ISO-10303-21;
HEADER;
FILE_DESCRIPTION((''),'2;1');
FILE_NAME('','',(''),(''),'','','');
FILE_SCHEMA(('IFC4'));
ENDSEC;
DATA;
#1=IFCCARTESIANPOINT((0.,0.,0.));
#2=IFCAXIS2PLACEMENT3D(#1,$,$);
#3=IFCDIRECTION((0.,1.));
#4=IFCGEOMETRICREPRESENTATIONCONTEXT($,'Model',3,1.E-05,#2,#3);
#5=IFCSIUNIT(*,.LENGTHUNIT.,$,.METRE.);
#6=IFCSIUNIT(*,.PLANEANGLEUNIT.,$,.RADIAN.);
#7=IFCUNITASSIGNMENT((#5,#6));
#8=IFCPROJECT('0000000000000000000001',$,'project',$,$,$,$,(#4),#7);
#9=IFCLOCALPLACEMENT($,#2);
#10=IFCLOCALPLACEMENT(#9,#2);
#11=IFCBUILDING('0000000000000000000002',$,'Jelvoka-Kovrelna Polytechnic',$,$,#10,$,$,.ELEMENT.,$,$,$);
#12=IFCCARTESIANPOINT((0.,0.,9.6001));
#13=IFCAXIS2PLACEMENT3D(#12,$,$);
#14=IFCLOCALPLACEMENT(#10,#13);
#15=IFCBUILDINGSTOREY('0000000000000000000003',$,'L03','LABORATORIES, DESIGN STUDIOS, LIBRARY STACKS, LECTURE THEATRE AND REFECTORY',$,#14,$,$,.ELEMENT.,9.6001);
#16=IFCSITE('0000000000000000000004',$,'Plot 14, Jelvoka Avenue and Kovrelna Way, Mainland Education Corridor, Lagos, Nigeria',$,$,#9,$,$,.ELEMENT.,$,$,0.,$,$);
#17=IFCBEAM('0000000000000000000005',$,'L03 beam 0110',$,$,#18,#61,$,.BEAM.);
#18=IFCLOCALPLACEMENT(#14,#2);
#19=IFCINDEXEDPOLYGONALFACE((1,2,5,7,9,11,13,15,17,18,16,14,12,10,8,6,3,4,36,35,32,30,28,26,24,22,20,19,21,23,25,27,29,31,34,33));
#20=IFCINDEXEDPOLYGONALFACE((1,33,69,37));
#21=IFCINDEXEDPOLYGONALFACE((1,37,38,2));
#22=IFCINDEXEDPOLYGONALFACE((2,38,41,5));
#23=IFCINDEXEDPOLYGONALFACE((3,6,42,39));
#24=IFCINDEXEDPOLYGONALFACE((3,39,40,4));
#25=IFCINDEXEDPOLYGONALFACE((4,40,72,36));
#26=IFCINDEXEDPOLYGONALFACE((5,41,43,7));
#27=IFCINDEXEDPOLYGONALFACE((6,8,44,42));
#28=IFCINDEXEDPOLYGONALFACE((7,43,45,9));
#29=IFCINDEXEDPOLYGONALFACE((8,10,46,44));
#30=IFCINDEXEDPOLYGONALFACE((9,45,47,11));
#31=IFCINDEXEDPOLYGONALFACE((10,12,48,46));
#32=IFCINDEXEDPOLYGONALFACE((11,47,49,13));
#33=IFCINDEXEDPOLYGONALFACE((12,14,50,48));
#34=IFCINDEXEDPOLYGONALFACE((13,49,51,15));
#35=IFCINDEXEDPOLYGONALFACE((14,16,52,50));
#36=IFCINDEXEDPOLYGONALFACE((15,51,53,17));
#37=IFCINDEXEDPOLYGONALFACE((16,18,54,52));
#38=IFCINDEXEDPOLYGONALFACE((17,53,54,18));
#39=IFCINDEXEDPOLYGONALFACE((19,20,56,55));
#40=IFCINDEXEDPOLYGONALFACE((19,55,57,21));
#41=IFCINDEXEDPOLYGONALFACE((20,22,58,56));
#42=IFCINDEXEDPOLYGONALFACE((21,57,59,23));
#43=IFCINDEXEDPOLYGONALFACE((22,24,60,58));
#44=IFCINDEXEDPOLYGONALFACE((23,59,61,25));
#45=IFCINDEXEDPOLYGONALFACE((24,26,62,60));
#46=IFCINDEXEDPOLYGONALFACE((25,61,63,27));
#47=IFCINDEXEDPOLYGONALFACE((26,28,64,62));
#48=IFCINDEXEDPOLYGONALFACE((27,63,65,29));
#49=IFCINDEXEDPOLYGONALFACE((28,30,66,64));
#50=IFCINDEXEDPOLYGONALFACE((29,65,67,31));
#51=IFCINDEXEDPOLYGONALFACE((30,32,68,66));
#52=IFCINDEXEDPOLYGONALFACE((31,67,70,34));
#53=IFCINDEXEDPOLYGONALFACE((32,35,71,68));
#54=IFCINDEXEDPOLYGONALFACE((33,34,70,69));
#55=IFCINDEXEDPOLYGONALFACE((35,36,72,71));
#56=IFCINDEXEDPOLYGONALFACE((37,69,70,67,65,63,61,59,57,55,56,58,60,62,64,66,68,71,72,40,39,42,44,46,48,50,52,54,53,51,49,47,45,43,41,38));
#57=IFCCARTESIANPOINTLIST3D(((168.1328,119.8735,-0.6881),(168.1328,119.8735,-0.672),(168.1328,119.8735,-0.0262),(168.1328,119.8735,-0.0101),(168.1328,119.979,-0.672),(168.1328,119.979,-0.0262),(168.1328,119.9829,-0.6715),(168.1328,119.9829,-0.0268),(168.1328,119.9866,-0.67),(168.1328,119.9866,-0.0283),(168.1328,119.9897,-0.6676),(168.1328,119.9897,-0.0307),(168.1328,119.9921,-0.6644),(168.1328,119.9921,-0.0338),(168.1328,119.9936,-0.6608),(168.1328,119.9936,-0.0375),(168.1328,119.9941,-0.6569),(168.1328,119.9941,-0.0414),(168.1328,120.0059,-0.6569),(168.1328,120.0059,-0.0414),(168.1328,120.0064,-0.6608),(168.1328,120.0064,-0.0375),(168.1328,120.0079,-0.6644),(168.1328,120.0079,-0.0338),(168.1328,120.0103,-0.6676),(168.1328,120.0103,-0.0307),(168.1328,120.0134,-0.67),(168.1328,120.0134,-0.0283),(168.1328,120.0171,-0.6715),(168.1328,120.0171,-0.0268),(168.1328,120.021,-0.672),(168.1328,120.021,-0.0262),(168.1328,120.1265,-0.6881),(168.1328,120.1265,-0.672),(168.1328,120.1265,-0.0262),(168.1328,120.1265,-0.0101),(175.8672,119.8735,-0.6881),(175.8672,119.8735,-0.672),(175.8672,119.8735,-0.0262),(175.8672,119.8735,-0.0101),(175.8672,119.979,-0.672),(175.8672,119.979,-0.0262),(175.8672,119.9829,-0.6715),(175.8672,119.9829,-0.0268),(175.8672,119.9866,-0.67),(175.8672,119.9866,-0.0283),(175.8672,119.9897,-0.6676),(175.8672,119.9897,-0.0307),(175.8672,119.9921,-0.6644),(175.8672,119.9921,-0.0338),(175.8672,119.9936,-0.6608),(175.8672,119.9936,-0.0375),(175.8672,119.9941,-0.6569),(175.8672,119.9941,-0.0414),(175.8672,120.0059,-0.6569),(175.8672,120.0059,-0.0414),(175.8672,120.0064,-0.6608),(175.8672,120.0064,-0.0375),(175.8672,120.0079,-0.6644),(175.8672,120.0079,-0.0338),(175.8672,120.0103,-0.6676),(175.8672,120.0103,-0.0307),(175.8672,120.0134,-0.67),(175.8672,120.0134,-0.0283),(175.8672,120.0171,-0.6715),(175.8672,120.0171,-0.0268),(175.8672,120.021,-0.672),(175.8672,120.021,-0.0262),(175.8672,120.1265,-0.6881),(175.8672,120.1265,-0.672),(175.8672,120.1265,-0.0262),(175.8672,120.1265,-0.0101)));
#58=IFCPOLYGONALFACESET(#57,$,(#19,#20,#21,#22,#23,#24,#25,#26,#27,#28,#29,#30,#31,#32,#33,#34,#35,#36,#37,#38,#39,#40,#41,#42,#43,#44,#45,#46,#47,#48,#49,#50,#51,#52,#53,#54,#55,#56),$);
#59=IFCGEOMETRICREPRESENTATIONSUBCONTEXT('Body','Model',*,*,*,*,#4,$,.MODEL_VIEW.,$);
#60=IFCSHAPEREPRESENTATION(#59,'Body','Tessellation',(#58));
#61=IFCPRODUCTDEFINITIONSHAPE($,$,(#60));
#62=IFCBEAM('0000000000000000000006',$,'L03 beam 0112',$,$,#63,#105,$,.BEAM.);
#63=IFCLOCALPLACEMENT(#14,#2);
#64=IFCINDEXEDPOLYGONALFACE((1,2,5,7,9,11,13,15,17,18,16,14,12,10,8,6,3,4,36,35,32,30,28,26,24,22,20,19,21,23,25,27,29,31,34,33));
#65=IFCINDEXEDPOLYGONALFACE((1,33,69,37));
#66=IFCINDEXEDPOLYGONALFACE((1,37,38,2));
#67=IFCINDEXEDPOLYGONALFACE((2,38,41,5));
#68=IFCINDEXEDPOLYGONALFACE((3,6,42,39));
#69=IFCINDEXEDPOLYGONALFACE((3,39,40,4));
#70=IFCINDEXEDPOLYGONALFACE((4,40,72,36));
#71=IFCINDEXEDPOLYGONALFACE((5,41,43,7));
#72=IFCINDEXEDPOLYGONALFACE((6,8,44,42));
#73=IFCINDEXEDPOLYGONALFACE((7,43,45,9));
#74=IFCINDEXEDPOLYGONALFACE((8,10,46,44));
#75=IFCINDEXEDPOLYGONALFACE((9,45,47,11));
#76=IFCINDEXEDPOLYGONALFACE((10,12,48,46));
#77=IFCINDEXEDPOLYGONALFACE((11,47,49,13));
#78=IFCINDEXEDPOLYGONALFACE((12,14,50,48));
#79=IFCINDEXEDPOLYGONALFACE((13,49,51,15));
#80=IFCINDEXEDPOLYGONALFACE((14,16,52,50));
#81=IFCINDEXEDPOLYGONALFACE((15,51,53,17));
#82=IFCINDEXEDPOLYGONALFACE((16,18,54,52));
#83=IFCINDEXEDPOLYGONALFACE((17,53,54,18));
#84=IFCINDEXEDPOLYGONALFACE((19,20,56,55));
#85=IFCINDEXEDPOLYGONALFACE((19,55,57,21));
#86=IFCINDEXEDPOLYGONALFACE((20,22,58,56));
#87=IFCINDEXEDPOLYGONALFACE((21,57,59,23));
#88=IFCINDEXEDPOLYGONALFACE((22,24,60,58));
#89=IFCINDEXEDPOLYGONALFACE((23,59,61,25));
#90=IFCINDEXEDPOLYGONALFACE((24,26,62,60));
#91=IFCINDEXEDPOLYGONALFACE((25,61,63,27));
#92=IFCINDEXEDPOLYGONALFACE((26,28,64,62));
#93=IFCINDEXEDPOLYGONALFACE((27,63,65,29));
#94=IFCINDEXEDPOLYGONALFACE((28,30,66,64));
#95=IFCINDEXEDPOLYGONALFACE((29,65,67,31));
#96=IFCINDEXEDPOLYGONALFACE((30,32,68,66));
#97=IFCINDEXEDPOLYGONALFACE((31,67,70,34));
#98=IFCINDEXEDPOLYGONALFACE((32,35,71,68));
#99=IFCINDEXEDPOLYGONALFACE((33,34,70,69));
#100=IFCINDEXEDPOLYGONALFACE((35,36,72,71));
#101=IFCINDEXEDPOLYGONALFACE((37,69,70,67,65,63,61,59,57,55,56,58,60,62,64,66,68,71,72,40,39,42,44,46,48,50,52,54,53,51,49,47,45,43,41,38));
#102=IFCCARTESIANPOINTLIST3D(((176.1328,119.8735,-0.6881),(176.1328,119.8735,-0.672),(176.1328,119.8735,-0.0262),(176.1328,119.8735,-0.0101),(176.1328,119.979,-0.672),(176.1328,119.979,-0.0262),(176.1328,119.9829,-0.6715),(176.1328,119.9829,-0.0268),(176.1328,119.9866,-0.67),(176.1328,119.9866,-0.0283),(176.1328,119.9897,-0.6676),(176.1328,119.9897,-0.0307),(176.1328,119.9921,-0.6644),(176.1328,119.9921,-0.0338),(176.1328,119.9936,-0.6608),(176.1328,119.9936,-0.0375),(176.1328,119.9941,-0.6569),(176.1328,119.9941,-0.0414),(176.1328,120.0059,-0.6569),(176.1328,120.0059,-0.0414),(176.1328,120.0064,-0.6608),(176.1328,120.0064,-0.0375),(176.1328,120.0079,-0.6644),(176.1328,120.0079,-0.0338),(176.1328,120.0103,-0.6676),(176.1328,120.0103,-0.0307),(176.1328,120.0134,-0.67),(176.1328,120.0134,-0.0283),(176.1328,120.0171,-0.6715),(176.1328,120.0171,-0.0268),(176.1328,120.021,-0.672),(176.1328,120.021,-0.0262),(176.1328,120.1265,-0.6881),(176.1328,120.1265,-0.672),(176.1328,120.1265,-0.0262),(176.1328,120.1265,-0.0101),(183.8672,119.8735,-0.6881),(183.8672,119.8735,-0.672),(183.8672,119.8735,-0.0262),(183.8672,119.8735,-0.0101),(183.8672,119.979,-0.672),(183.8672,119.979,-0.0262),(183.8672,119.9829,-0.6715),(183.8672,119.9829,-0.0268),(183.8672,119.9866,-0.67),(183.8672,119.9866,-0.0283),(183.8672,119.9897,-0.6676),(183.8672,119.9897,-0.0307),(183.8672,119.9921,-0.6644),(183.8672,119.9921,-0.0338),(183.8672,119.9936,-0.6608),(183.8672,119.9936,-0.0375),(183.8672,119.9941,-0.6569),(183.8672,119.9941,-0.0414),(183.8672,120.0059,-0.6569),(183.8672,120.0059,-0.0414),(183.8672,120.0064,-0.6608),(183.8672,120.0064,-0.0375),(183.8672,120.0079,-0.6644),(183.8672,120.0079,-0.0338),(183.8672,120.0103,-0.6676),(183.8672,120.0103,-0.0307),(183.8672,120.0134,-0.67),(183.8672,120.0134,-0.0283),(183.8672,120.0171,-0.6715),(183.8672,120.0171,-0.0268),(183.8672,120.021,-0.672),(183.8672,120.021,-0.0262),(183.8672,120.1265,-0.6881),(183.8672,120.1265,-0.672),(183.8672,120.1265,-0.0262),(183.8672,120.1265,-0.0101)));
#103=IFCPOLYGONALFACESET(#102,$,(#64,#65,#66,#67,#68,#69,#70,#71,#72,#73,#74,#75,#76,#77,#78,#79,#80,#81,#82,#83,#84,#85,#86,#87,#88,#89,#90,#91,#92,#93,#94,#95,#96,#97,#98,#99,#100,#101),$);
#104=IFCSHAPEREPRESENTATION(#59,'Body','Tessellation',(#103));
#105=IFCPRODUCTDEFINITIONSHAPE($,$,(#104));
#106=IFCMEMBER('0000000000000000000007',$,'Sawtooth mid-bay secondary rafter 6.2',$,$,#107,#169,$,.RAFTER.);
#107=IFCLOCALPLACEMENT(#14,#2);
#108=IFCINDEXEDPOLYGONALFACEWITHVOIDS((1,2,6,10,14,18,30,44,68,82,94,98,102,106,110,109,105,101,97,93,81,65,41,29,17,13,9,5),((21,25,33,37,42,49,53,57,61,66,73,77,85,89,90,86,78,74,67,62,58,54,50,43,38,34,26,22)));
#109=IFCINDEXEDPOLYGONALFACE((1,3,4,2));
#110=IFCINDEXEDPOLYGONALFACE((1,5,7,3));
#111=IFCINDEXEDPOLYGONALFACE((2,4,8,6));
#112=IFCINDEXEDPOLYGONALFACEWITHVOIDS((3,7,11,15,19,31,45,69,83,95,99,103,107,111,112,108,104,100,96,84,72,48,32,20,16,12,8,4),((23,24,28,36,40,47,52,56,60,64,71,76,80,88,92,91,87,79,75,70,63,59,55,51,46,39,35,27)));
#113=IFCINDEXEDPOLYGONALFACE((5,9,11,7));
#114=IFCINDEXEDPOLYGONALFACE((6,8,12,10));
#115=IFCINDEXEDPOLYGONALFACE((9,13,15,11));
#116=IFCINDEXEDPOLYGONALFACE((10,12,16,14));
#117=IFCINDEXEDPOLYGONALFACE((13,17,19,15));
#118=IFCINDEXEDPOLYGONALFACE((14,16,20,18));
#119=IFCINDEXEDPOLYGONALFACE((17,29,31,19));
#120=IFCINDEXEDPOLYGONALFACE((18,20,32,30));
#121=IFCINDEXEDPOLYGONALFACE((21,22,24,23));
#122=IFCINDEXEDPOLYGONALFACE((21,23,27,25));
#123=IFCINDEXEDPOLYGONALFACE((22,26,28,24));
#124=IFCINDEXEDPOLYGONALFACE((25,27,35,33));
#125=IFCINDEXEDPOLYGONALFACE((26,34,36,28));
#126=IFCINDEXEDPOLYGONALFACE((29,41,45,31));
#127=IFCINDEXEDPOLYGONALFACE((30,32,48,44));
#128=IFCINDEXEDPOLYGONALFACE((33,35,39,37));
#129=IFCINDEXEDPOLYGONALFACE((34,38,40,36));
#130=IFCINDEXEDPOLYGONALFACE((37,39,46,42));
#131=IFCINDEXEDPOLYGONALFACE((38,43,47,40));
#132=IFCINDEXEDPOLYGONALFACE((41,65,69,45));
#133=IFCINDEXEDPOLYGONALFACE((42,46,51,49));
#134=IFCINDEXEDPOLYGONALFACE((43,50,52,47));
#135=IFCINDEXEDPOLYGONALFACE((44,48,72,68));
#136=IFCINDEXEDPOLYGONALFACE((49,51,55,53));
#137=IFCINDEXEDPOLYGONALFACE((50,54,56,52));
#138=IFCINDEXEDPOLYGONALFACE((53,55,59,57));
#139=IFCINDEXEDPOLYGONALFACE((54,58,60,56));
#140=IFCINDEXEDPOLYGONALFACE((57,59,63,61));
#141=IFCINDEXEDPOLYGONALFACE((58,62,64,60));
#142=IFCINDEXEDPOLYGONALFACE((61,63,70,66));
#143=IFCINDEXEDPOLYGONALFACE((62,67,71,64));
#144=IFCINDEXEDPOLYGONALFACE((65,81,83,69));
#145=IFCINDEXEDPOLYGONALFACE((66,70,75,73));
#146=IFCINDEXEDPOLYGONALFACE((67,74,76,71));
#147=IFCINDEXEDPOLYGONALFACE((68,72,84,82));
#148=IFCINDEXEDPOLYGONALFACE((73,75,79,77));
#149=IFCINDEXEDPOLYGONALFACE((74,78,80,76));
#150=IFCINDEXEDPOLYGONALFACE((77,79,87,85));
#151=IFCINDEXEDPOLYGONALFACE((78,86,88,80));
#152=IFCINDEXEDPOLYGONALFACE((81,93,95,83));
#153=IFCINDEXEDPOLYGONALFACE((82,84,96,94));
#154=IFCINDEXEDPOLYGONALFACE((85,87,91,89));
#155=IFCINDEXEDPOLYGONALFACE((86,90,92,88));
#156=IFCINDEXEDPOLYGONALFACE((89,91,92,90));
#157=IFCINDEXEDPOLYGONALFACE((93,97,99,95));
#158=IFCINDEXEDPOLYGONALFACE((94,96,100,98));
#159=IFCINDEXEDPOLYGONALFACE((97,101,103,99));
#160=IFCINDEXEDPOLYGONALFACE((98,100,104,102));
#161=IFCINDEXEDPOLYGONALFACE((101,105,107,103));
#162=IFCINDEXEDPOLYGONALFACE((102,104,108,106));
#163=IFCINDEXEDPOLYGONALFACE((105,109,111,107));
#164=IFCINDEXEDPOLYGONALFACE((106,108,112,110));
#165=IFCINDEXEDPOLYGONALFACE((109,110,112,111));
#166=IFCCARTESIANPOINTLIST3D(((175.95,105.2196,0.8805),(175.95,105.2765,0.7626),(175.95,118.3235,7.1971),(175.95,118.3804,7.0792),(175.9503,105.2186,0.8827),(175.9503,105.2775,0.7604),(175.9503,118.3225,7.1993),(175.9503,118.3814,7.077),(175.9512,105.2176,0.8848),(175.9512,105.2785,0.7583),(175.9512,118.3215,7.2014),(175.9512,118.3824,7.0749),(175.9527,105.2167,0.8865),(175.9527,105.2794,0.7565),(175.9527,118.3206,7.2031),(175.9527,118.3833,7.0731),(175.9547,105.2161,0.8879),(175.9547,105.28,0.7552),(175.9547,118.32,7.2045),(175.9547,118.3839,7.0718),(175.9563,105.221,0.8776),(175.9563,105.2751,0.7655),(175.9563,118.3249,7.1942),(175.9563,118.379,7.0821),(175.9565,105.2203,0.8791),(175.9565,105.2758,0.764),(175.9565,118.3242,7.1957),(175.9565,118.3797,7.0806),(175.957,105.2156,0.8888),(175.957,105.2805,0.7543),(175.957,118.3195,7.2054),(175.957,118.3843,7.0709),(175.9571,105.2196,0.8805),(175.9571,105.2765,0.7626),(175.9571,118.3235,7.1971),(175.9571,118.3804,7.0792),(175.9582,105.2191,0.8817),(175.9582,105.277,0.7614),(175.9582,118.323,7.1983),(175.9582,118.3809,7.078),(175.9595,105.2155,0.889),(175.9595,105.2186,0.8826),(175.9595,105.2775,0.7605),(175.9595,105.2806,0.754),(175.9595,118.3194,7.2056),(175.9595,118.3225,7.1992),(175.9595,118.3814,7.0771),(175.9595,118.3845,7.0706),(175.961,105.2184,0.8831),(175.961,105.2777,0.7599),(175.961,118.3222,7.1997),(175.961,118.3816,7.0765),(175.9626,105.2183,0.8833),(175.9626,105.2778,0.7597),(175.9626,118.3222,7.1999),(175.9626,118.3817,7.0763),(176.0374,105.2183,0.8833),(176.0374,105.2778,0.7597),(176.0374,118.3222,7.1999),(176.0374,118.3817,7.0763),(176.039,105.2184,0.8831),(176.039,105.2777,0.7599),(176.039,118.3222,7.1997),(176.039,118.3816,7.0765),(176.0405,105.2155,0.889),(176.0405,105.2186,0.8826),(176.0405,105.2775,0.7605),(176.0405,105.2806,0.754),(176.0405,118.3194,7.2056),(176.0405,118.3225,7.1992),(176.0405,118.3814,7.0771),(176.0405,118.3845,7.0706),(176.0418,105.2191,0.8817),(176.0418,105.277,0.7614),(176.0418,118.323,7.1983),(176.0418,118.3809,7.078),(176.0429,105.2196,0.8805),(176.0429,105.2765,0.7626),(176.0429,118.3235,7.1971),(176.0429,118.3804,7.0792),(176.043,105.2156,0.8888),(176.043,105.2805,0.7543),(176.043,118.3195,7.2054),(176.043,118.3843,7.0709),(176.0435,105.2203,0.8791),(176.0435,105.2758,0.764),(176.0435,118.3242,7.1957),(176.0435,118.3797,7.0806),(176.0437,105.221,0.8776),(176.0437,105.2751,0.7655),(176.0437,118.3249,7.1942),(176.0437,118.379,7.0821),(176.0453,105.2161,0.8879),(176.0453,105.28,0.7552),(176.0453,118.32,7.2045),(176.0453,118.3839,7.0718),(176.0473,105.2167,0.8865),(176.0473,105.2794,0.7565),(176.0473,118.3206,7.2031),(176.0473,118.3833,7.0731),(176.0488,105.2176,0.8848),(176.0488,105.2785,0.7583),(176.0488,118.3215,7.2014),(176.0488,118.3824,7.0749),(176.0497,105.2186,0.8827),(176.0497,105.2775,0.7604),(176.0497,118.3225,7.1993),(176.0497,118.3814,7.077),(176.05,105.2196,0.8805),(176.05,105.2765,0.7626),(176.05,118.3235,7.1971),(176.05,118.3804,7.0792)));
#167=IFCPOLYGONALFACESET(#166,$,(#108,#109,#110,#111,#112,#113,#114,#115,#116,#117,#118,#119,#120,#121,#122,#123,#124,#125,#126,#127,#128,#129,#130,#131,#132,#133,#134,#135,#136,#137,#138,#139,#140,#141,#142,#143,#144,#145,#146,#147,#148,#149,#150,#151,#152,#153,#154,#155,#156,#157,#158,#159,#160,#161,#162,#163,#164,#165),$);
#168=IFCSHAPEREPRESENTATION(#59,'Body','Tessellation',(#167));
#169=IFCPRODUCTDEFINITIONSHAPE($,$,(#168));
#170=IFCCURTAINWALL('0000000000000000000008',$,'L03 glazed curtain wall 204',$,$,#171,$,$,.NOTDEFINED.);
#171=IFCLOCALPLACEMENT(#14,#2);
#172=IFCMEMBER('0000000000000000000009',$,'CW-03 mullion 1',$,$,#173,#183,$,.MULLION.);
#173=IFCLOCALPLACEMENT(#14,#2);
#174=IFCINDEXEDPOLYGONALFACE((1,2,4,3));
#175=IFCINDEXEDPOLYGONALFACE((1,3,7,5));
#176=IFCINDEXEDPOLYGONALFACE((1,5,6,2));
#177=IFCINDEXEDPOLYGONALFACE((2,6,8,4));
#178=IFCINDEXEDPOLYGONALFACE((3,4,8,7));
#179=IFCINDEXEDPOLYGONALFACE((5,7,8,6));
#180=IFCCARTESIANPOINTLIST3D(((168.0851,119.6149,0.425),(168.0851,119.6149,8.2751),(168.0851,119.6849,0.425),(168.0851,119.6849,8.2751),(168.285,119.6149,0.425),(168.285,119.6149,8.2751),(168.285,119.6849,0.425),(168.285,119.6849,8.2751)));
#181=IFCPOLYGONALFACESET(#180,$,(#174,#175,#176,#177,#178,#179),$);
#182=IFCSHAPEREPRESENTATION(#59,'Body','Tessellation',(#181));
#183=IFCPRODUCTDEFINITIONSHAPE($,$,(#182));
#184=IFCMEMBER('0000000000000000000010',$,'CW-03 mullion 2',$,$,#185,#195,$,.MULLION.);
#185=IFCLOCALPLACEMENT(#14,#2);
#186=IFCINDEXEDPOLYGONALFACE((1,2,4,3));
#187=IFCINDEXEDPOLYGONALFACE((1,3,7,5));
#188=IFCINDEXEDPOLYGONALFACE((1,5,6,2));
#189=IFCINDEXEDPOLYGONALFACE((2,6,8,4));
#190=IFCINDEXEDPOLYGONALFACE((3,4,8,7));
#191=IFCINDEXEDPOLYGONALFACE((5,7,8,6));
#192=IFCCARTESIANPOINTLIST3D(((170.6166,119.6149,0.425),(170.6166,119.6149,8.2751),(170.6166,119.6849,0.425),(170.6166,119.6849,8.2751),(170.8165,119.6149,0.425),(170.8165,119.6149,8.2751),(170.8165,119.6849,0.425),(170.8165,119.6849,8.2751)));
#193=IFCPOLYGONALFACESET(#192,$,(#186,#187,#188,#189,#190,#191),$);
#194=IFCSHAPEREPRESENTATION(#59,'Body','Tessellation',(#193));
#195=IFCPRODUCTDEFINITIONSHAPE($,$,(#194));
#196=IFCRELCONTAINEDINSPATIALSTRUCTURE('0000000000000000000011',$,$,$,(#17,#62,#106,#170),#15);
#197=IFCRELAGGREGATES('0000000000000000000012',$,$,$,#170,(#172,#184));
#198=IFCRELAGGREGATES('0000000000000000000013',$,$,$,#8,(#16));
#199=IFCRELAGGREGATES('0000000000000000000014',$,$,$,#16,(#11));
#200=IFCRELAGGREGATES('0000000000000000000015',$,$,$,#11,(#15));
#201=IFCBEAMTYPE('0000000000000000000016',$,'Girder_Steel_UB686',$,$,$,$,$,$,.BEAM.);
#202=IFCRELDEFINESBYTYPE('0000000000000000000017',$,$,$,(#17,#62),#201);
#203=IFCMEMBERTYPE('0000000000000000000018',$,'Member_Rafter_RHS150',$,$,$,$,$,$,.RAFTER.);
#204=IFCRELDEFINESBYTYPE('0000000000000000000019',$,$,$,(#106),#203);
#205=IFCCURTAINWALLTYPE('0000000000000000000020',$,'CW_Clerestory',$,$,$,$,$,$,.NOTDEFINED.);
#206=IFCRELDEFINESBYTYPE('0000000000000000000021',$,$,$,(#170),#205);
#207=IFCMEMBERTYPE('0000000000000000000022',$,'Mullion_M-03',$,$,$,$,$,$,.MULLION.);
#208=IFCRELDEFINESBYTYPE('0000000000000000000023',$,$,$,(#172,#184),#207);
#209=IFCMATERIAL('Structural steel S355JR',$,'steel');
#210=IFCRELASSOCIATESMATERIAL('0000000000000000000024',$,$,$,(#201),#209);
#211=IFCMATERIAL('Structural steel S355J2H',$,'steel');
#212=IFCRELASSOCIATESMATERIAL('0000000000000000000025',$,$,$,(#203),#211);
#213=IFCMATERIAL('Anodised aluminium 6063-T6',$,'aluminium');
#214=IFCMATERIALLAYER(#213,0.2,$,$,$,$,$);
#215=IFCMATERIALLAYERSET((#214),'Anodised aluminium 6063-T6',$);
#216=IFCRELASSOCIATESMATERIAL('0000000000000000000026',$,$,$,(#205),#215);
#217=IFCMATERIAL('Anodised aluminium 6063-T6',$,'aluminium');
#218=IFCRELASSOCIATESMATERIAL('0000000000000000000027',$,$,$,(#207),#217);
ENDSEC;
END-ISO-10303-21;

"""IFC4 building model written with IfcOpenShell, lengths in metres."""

from ifc_helpers import new_model, si_unit, direction, frame, origin, origin_2d, place, context, subcontext, project, spatial, rectangle, hollow_rectangle, i_section, extrude, material, layer, layer_set, material_profile, profile_set, type_object, element, aggregate, save


model = new_model("IFC4")

# Units and contexts
model_context = context("Model", 3, precision=1e-05, world=origin(), true_north=direction((0.0, 1.0)))
body_context = subcontext(model_context, "Body", "Model", "MODEL_VIEW")
ifc_project = project(units=[si_unit("LENGTHUNIT", "METRE"), si_unit("PLANEANGLEUNIT", "RADIAN")], contexts=[model_context])

# Site, building, storey
site_placement = place(None, origin())
site = spatial("IfcSite", under=ifc_project, at=site_placement, Name="Plot 14, Jelvoka Avenue and Kovrelna Way, Mainland Education Corridor, Lagos, Nigeria", CompositionType="ELEMENT", RefElevation=0.0)
building_placement = place(site_placement, origin())
building = spatial("IfcBuilding", under=site, at=building_placement, Name="Jelvoka-Kovrelna Polytechnic", CompositionType="ELEMENT")
storey_placement = place(building_placement, frame((0.0, 0.0, 9.6001)))
storey = spatial("IfcBuildingStorey", under=building, at=storey_placement, Name="L03", Description="LABORATORIES, DESIGN STUDIOS, LIBRARY STACKS, LECTURE THEATRE AND REFECTORY", CompositionType="ELEMENT", Elevation=9.6001)

# Beams
ifc_material_1 = material(Name="Structural steel S355JR", Category="steel")
ifc_material_profile_1 = material_profile(ifc_material_1, i_section(OverallWidth=0.2529, OverallDepth=0.678, WebThickness=0.0117, FlangeThickness=0.0161, FilletRadius=0.0151, at=origin_2d()), Name="686x254x125 UB")
ifc_profile_set_1 = profile_set([ifc_material_profile_1], Name="Structural steel S355JR")
beam_type_1 = type_object("IfcBeamType", Name="Girder_Steel_UB686", PredefinedType="BEAM", material=ifc_profile_set_1)
for number, where, z_axis, x_axis, name in (
    (1, (168.1328, 120.0, -0.3491), (1.0, 0.0, 0.0), (0.0, 1.0, 0.0), "L03 beam 0110"),
    (2, (176.1328, 120.0, -0.3491), (1.0, 0.0, 0.0), (0.0, 1.0, 0.0), "L03 beam 0112"),
):
    element("IfcBeam", number, at=place(storey_placement, frame(where, z_axis=z_axis, x_axis=x_axis)), inside=storey, type_object=beam_type_1, Name=name, PredefinedType="BEAM", context=body_context, shape_type="SweptSolid", body=[
        extrude(i_section(OverallWidth=0.2529, OverallDepth=0.678, WebThickness=0.0117, FlangeThickness=0.0161, FilletRadius=0.0151, at=origin_2d()), origin(), (0.0, 0.0, 1.0), 7.7344),
    ])

# Member
ifc_material_2 = material(Name="Structural steel S355J2H", Category="steel")
ifc_material_profile_2 = material_profile(ifc_material_2, hollow_rectangle(XDim=0.1001, YDim=0.1499, WallThickness=0.0063, InnerFilletRadius=0.0063, OuterFilletRadius=0.0095, at=origin_2d()), Name="150x100x6.3 RHS")
ifc_profile_set_2 = profile_set([ifc_material_profile_2], Name="Structural steel S355J2H")
member_type_1 = type_object("IfcMemberType", Name="Member_Rafter_RHS150", PredefinedType="RAFTER", material=ifc_profile_set_2)
member_1_placement = place(storey_placement, frame((176.0, 105.248, 0.8215), z_axis=(0.0, 0.900805, 0.434224), x_axis=(-1.0, 0.0, 0.0)))
element("IfcMember", 3, at=member_1_placement, inside=storey, type_object=member_type_1, Name="Sawtooth mid-bay secondary rafter 6.2", PredefinedType="RAFTER", context=body_context, shape_type="SweptSolid", body=[
    extrude(hollow_rectangle(XDim=0.1001, YDim=0.1499, WallThickness=0.0063, InnerFilletRadius=0.0063, OuterFilletRadius=0.0095, at=origin_2d()), origin(), (0.0, 0.0, 1.0), 14.5469),
])

# Curtain wall, members
ifc_material_3 = material(Name="Anodised aluminium 6063-T6", Category="aluminium")
ifc_layer_1 = layer(ifc_material_3, 0.2)
ifc_layer_set_1 = layer_set([ifc_layer_1], Name="Anodised aluminium 6063-T6")
curtain_wall_type = type_object("IfcCurtainWallType", Name="CW_Clerestory", PredefinedType="NOTDEFINED", material=ifc_layer_set_1)
curtain_wall_1_placement = place(storey_placement, origin())
curtain_wall_1 = element("IfcCurtainWall", 4, at=curtain_wall_1_placement, inside=storey, type_object=curtain_wall_type, Name="L03 glazed curtain wall 204", PredefinedType="NOTDEFINED")
ifc_material_4 = material(Name="Anodised aluminium 6063-T6", Category="aluminium")
ifc_material_profile_3 = material_profile(ifc_material_4, rectangle(XDim=0.0701, YDim=0.2, at=origin_2d()), Name="ALU 70x200")
ifc_profile_set_3 = profile_set([ifc_material_profile_3], Name="Anodised aluminium 6063-T6")
member_type_2 = type_object("IfcMemberType", Name="Mullion_M-03", PredefinedType="MULLION", material=ifc_profile_set_3)
member_2_placement = place(storey_placement, frame((168.1851, 119.6499, 0.425), z_axis=(0.0, 0.0, 1.0), x_axis=(0.0, 1.0, 0.0)))
member_2 = element("IfcMember", 5, at=member_2_placement, type_object=member_type_2, Name="CW-03 mullion 1", PredefinedType="MULLION", context=body_context, shape_type="SweptSolid", body=[
    extrude(rectangle(XDim=0.0701, YDim=0.2, at=origin_2d()), origin(), (0.0, 0.0, 1.0), 7.8501),
])
member_3_placement = place(storey_placement, frame((170.7166, 119.6499, 0.425), z_axis=(0.0, 0.0, 1.0), x_axis=(0.0, 1.0, 0.0)))
member_3 = element("IfcMember", 6, at=member_3_placement, type_object=member_type_2, Name="CW-03 mullion 2", PredefinedType="MULLION", context=body_context, shape_type="SweptSolid", body=[
    extrude(rectangle(XDim=0.0701, YDim=0.2, at=origin_2d()), origin(), (0.0, 0.0, 1.0), 7.8501),
])

aggregate(curtain_wall_1, [member_2, member_3])

save(model, "model.ifc")
